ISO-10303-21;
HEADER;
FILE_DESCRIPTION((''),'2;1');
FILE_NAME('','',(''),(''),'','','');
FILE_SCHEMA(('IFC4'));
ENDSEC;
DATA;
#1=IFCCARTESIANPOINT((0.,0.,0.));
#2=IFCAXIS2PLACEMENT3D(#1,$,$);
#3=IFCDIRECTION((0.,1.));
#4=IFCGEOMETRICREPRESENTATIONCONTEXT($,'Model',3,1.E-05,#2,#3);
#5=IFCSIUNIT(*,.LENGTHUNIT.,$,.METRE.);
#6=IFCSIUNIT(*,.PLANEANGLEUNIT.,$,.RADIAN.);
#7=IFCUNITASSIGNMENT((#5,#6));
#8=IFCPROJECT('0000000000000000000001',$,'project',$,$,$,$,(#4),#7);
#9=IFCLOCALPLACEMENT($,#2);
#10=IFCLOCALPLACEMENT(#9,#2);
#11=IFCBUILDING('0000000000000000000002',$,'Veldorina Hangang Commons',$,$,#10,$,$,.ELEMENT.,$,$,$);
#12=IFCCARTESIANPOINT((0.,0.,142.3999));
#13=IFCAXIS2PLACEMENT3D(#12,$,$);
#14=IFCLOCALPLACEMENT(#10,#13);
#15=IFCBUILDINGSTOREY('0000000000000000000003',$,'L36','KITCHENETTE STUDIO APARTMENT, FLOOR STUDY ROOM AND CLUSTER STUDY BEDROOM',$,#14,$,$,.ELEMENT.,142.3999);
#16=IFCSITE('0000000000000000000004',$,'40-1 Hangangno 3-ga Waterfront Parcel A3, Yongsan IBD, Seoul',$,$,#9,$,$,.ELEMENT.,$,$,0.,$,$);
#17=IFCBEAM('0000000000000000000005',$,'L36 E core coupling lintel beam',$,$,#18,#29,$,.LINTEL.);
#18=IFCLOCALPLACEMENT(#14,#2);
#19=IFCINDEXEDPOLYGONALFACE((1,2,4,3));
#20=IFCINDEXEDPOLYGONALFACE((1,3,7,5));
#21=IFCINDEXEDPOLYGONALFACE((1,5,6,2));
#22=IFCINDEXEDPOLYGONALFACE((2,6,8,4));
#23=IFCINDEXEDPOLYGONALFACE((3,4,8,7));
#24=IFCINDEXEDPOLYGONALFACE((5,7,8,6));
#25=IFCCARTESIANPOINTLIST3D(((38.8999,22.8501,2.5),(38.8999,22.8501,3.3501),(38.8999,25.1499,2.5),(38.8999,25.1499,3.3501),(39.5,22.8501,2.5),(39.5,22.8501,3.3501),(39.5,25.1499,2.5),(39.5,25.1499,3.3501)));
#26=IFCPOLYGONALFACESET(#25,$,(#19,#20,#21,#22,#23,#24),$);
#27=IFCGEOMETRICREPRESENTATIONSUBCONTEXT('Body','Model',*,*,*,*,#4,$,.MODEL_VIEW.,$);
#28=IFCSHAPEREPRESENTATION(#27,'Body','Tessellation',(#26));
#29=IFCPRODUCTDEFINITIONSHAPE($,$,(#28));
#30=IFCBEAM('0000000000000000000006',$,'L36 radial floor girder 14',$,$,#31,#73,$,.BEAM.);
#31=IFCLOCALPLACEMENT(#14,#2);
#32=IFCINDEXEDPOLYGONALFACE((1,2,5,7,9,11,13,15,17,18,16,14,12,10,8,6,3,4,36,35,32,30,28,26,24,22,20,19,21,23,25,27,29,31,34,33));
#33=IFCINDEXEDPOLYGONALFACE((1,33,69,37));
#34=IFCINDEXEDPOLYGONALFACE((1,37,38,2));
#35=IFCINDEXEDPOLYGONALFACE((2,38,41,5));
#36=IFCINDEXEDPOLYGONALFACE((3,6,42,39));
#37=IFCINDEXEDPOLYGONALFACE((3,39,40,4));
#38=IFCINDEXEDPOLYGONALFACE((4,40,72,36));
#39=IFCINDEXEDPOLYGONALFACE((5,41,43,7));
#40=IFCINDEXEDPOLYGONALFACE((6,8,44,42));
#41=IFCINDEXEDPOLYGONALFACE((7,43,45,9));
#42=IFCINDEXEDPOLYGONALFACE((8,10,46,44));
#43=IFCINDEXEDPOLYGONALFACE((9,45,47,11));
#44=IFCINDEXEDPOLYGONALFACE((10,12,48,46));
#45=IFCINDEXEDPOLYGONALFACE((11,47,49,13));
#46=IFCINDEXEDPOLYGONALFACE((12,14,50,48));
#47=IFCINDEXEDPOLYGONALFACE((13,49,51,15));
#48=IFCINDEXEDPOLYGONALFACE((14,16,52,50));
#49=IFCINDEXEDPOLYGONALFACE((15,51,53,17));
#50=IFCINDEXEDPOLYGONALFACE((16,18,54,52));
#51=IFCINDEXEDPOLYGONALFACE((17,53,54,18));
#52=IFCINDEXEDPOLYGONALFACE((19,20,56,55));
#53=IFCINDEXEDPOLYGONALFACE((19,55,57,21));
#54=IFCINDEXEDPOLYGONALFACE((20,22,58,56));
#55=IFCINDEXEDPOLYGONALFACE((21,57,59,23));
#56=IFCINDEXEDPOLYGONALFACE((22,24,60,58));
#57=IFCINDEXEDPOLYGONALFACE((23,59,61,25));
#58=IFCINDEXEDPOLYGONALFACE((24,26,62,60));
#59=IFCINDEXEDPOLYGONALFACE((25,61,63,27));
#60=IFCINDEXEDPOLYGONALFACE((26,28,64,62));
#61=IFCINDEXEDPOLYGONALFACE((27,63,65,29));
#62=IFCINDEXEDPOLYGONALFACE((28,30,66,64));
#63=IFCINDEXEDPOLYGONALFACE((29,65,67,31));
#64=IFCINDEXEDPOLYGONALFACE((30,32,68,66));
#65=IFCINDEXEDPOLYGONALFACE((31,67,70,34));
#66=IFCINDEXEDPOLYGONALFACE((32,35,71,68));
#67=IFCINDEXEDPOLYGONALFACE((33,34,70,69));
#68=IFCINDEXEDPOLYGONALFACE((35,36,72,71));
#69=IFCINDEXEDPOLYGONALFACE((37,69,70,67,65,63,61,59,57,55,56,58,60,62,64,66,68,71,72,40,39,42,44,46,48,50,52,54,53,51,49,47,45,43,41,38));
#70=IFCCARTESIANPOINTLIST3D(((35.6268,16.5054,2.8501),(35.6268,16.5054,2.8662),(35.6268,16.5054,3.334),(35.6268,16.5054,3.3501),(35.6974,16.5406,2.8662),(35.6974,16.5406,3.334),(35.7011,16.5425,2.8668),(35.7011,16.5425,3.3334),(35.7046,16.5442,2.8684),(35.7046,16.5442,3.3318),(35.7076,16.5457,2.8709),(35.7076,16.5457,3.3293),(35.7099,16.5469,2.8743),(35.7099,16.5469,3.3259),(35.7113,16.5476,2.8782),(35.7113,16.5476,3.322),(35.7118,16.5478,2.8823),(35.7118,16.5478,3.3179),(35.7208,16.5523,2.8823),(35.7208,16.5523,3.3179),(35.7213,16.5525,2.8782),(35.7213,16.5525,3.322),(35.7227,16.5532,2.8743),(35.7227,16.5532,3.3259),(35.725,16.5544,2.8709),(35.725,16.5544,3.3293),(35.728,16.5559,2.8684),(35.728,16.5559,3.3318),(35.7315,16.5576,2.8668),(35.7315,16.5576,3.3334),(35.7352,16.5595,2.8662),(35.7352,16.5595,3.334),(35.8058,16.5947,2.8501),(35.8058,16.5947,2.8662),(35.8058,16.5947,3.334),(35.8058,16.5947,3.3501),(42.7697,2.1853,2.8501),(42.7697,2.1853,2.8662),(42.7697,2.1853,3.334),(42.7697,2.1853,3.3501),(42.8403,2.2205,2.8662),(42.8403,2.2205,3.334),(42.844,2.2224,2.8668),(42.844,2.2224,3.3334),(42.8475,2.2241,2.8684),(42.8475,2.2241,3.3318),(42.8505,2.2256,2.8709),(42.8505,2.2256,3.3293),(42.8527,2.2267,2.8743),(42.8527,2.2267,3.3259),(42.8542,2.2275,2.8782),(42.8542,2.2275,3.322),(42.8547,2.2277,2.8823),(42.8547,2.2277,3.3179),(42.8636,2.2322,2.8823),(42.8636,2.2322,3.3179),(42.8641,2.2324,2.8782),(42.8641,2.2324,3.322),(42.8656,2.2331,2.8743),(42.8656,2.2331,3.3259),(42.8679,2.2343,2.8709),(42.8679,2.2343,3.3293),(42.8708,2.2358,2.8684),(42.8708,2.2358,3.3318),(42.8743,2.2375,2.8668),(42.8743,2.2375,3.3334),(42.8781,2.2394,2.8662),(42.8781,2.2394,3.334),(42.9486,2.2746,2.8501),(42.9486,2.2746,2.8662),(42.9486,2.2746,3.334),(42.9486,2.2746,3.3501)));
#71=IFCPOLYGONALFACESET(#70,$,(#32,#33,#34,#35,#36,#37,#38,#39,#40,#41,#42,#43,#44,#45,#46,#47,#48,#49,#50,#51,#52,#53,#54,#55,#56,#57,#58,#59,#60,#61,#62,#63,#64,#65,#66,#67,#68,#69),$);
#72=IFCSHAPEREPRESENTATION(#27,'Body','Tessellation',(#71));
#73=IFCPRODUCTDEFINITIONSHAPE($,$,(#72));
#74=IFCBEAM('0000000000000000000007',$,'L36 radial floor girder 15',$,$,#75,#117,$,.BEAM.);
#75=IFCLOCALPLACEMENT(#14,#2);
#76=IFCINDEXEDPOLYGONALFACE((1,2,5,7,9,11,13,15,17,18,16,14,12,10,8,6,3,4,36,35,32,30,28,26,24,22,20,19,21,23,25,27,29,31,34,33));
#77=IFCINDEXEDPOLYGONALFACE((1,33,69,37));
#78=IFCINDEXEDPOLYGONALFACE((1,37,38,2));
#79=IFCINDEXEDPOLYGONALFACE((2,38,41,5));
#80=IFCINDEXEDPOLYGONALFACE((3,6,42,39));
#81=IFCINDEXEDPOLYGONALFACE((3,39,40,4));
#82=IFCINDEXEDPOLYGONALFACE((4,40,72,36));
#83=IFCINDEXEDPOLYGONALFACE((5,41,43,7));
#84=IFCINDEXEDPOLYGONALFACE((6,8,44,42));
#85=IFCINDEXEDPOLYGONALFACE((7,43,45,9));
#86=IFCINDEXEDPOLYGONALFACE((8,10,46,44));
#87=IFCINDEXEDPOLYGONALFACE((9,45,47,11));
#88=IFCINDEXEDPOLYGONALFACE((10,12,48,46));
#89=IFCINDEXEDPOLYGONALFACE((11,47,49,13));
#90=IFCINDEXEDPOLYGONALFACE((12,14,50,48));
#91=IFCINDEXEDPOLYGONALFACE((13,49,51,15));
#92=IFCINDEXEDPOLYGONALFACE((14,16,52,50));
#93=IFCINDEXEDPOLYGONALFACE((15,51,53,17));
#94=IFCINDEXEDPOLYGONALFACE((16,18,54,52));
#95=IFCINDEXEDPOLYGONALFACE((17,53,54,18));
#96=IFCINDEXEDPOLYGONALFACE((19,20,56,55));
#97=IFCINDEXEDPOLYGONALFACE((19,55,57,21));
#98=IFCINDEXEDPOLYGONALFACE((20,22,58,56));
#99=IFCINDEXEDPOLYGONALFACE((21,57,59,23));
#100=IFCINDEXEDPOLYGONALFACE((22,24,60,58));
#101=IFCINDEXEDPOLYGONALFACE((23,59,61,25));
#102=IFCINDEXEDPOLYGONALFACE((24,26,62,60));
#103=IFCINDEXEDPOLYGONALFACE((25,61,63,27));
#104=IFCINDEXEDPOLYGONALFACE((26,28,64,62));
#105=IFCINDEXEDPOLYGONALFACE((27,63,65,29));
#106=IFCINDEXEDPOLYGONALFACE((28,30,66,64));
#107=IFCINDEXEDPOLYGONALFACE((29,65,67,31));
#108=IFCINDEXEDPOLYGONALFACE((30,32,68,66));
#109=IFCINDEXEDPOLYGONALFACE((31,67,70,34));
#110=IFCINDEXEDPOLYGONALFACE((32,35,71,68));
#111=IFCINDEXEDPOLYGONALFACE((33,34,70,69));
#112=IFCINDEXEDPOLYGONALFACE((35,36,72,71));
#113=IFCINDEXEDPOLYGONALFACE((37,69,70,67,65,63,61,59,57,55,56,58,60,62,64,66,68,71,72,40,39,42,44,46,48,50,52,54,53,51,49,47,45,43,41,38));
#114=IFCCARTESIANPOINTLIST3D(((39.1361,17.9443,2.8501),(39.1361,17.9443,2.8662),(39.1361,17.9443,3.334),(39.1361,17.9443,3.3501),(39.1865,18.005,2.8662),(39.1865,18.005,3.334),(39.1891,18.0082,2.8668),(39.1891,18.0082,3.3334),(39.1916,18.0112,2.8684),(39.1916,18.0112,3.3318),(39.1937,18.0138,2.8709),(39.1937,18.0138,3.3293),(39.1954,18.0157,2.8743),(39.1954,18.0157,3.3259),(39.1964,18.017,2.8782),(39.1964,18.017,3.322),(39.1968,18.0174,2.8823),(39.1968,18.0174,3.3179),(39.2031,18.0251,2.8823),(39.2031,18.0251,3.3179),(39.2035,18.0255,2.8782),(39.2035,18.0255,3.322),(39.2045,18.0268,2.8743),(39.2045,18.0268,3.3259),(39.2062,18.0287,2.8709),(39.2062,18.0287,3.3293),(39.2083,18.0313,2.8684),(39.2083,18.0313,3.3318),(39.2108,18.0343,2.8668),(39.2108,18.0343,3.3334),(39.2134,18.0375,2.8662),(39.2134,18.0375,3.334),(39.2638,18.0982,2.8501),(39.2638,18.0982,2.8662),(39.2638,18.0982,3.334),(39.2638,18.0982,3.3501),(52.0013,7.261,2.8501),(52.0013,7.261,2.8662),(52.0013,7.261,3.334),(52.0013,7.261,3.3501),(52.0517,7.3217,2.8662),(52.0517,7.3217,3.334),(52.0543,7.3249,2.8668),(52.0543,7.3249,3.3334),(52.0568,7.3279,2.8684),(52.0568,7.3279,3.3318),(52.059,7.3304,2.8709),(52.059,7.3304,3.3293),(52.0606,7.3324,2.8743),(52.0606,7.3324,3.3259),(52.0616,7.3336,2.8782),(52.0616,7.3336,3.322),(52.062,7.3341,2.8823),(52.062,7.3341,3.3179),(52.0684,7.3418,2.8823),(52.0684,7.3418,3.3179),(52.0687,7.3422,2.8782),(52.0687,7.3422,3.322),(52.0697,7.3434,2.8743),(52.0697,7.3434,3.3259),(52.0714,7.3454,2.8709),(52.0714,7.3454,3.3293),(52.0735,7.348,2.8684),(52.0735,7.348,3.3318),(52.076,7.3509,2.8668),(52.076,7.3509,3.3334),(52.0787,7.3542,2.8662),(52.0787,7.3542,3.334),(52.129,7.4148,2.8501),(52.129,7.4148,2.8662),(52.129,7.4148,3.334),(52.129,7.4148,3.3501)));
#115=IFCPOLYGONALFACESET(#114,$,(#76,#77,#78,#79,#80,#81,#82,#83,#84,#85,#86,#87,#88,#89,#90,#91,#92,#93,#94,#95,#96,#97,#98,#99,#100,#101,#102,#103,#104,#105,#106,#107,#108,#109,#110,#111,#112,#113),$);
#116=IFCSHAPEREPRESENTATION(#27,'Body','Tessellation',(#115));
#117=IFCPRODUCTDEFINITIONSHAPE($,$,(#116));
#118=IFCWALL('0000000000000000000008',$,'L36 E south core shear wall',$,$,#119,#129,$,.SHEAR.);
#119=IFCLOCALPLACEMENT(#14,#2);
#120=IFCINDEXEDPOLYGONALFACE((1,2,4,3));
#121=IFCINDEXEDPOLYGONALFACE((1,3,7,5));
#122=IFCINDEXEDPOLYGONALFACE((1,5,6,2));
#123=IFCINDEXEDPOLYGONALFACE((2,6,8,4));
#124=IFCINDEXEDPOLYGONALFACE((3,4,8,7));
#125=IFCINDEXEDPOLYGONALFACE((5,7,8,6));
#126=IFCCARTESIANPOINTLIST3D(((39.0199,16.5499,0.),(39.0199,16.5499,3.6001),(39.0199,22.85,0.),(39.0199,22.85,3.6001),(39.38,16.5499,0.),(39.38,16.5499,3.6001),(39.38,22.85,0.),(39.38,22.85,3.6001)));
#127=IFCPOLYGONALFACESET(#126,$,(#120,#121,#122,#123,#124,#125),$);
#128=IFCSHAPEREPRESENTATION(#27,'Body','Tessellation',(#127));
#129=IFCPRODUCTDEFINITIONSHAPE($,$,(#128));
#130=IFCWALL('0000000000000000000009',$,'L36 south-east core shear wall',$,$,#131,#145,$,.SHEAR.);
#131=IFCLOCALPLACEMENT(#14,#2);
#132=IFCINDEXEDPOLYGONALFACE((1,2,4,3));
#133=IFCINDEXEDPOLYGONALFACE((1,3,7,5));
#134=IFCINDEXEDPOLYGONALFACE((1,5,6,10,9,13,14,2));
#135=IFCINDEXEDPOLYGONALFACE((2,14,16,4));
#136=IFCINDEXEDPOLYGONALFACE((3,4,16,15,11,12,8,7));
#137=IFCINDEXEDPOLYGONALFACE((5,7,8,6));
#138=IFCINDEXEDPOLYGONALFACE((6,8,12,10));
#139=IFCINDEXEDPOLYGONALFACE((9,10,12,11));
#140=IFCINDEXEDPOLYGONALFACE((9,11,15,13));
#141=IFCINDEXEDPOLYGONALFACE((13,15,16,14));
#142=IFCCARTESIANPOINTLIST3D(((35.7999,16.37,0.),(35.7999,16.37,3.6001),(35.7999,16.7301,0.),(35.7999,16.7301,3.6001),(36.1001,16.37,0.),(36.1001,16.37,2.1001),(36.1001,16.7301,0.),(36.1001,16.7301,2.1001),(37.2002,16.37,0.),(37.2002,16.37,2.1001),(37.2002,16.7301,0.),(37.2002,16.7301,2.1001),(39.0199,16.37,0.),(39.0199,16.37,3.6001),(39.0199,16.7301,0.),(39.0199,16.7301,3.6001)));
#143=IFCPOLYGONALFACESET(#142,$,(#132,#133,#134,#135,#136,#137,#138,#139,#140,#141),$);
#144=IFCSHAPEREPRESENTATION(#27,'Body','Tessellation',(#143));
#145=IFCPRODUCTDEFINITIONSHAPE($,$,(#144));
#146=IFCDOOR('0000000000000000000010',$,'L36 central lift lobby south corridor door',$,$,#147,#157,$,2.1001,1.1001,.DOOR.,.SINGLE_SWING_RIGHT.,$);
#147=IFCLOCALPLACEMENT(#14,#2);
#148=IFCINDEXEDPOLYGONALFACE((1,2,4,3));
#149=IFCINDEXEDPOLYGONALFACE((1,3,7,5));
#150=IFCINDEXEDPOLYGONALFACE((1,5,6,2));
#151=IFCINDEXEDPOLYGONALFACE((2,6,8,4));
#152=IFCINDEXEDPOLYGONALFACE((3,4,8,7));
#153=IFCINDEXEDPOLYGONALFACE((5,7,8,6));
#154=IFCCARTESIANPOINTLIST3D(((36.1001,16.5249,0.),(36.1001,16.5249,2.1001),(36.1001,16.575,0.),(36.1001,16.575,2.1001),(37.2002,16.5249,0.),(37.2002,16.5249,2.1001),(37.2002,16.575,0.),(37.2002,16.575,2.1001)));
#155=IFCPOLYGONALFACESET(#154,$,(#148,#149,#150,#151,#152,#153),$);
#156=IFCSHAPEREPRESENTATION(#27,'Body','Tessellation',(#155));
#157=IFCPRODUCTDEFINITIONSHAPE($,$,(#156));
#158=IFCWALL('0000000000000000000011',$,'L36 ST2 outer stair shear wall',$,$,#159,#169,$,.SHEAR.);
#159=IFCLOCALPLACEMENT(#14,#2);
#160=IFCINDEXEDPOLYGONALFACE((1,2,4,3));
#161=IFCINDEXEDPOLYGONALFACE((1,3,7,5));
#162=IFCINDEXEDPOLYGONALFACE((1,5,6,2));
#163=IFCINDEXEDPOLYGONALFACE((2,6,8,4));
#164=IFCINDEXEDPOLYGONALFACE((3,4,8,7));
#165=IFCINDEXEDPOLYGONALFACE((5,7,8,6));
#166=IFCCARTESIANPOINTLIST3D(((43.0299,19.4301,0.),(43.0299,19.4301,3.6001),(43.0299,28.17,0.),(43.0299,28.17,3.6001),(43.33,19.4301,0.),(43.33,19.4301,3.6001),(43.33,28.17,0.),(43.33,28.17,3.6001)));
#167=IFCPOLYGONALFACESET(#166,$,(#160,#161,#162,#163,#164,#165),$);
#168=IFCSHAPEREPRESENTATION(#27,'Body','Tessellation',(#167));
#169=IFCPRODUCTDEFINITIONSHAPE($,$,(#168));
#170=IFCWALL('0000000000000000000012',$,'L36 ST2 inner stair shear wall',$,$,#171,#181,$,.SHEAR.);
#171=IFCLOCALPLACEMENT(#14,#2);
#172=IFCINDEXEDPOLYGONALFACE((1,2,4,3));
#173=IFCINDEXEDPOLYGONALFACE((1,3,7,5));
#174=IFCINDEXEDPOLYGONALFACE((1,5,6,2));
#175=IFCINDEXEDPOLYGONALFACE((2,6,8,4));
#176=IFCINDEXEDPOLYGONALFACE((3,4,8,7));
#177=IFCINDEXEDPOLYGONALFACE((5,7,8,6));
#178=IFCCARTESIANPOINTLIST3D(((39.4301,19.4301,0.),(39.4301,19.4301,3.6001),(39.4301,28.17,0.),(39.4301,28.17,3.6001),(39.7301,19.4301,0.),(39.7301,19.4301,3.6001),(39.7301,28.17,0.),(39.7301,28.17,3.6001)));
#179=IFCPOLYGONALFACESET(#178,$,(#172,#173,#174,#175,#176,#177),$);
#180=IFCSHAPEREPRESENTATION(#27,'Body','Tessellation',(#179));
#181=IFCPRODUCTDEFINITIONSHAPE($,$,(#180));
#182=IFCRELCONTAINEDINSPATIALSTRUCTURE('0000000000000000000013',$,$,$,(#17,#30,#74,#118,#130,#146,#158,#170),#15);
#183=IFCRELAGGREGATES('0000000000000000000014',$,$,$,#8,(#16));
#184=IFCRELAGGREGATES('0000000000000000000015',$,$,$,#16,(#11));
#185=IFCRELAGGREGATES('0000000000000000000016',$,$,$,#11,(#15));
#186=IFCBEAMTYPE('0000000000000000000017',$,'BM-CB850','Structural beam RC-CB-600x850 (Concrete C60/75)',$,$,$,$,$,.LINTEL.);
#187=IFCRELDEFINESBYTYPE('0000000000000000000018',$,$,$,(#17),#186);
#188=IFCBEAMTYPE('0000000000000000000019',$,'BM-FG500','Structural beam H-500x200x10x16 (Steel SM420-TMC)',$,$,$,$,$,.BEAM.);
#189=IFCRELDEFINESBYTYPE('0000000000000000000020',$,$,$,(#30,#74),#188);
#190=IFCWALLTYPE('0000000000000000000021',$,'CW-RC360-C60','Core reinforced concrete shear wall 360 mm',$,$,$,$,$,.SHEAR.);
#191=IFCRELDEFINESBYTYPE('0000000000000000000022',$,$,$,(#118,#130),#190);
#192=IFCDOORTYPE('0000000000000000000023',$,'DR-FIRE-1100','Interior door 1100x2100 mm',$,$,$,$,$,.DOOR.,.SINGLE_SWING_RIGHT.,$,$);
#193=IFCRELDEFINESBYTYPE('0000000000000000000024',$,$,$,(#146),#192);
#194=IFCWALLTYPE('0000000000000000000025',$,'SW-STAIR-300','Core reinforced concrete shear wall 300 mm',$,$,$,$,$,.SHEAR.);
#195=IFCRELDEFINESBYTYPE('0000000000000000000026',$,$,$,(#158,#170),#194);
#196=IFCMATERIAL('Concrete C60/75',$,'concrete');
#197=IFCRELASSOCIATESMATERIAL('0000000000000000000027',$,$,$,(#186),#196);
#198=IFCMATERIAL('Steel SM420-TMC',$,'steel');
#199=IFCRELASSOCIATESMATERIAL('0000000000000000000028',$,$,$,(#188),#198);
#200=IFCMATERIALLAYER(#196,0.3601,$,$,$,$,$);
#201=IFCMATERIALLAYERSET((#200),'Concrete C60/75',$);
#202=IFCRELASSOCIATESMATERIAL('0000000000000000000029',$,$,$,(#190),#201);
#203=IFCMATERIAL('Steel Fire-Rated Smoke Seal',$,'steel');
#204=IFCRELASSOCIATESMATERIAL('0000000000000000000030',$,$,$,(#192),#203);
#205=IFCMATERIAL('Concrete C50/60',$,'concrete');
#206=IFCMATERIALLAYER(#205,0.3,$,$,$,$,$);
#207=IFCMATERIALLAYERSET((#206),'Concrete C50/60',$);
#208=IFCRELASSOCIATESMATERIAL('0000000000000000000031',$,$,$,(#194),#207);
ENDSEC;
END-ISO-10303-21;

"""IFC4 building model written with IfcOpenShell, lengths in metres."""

from ifc_helpers import new_model, si_unit, direction, frame, frame_2d, origin, origin_2d, place, context, subcontext, project, spatial, rectangle, i_section, extrude, material, layer, layer_set, material_profile, profile_set, type_object, element, fill, save


model = new_model("IFC4")

# Units and contexts
model_context = context("Model", 3, precision=1e-05, world=origin(), true_north=direction((0.0, 1.0)))
body_context = subcontext(model_context, "Body", "Model", "MODEL_VIEW")
ifc_project = project(units=[si_unit("LENGTHUNIT", "METRE"), si_unit("PLANEANGLEUNIT", "RADIAN")], contexts=[model_context])

# Site, building, storey
site_placement = place(None, origin())
site = spatial("IfcSite", under=ifc_project, at=site_placement, Name="40-1 Hangangno 3-ga Waterfront Parcel A3, Yongsan IBD, Seoul", CompositionType="ELEMENT", RefElevation=0.0)
building_placement = place(site_placement, origin())
building = spatial("IfcBuilding", under=site, at=building_placement, Name="Veldorina Hangang Commons", CompositionType="ELEMENT")
storey_placement = place(building_placement, frame((0.0, 0.0, 142.3999)))
storey = spatial("IfcBuildingStorey", under=building, at=storey_placement, Name="L36", Description="KITCHENETTE STUDIO APARTMENT, FLOOR STUDY ROOM AND CLUSTER STUDY BEDROOM", CompositionType="ELEMENT", Elevation=142.3999)

# Beams
ifc_material_1 = material(Name="Concrete C60/75", Category="concrete")
ifc_material_profile_1 = material_profile(ifc_material_1, rectangle(XDim=0.6001, YDim=0.8501, at=origin_2d()), Name="RC-CB-600x850")
ifc_profile_set_1 = profile_set([ifc_material_profile_1], Name="Concrete C60/75")
beam_type_1 = type_object("IfcBeamType", Name="BM-CB850", Description="Structural beam RC-CB-600x850 (Concrete C60/75)", PredefinedType="LINTEL", material=ifc_profile_set_1)
beam_1_placement = place(storey_placement, frame((39.2, 22.8501, 2.925), z_axis=(0.0, 1.0, 0.0), x_axis=(-1.0, 0.0, 0.0)))
element("IfcBeam", 1, at=beam_1_placement, inside=storey, type_object=beam_type_1, Name="L36 E core coupling lintel beam", PredefinedType="LINTEL", context=body_context, shape_type="SweptSolid", body=[
    extrude(rectangle(XDim=0.6001, YDim=0.8501, at=origin_2d()), origin(), (0.0, 0.0, 1.0), 2.2998),
])
ifc_material_2 = material(Name="Steel SM420-TMC", Category="steel")
ifc_material_profile_2 = material_profile(ifc_material_2, i_section(OverallWidth=0.2, OverallDepth=0.5, WebThickness=0.01, FlangeThickness=0.0161, FilletRadius=0.0161, at=origin_2d()), Name="H-500x200x10x16")
ifc_profile_set_2 = profile_set([ifc_material_profile_2], Name="Steel SM420-TMC")
beam_type_2 = type_object("IfcBeamType", Name="BM-FG500", Description="Structural beam H-500x200x10x16 (Steel SM420-TMC)", PredefinedType="BEAM", material=ifc_profile_set_2)
beam_2_placement = place(storey_placement, frame((35.7163, 16.55, 3.1001), z_axis=(0.446353, -0.894857, 0.0), x_axis=(0.894857, 0.446353, 0.0)))
element("IfcBeam", 2, at=beam_2_placement, inside=storey, type_object=beam_type_2, Name="L36 radial floor girder 14", PredefinedType="BEAM", context=body_context, shape_type="SweptSolid", body=[
    extrude(i_section(OverallWidth=0.2, OverallDepth=0.5, WebThickness=0.01, FlangeThickness=0.0161, FilletRadius=0.0161, at=origin_2d()), origin(), (0.0, 0.0, 1.0), 16.0027),
])
beam_3_placement = place(storey_placement, frame((39.2, 18.0212, 3.1001), z_axis=(0.769328, -0.638854, 0.0), x_axis=(0.638854, 0.769328, 0.0)))
element("IfcBeam", 3, at=beam_3_placement, inside=storey, type_object=beam_type_2, Name="L36 radial floor girder 15", PredefinedType="BEAM", context=body_context, shape_type="SweptSolid", body=[
    extrude(i_section(OverallWidth=0.2, OverallDepth=0.5, WebThickness=0.01, FlangeThickness=0.0161, FilletRadius=0.0161, at=origin_2d()), origin(), (0.0, 0.0, 1.0), 16.7227),
])

# Wall
ifc_layer_1 = layer(ifc_material_1, 0.3601)
ifc_layer_set_1 = layer_set([ifc_layer_1], Name="Concrete C60/75")
wall_type_1 = type_object("IfcWallType", Name="CW-RC360-C60", Description="Core reinforced concrete shear wall 360 mm", PredefinedType="SHEAR", material=ifc_layer_set_1)
wall_1_placement = place(storey_placement, frame((39.2, 16.55, 0.0), z_axis=(0.0, 0.0, 1.0), x_axis=(0.0, 1.0, 0.0)))
element("IfcWall", 4, at=wall_1_placement, inside=storey, type_object=wall_type_1, Name="L36 E south core shear wall", PredefinedType="SHEAR", context=body_context, shape_type="SweptSolid", body=[
    extrude(rectangle(XDim=6.3, YDim=0.3601, at=frame_2d((3.1499, 0.0))), origin(), (0.0, 0.0, 1.0), 3.6001),
])

# Wall, opening, door
wall_2_placement = place(storey_placement, frame((35.8, 16.55, 0.0), z_axis=(0.0, 0.0, 1.0), x_axis=(1.0, 0.0, 0.0)))
wall_2 = element("IfcWall", 5, at=wall_2_placement, inside=storey, type_object=wall_type_1, Name="L36 south-east core shear wall", PredefinedType="SHEAR", context=body_context, shape_type="SweptSolid", body=[
    extrude(rectangle(XDim=3.22, YDim=0.3601, at=frame_2d((1.6099, 0.0))), origin(), (0.0, 0.0, 1.0), 3.6001),
])
opening_1_placement = place(wall_2_placement, frame((0.3, 0.0, 0.0)))
opening_1 = element("IfcOpeningElement", 6, at=opening_1_placement, cuts=wall_2, PredefinedType="OPENING", context=body_context, shape_type="SweptSolid", body=[
    extrude(rectangle(XDim=1.1001, YDim=2.1001, at=frame_2d((0.55, 1.05))), frame((0.0, 0.1899, 0.0), z_axis=(0.0, -1.0, 0.0), x_axis=(1.0, 0.0, 0.0)), (0.0, 0.0, 1.0), 0.3801),
])
ifc_material_3 = material(Name="Steel Fire-Rated Smoke Seal", Category="steel")
door_type_1 = type_object("IfcDoorType", Name="DR-FIRE-1100", Description="Interior door 1100x2100 mm", OperationType="SINGLE_SWING_RIGHT", PredefinedType="DOOR", material=ifc_material_3)
door_1_placement = place(opening_1_placement, origin())
door_1 = element("IfcDoor", 7, at=door_1_placement, inside=storey, type_object=door_type_1, Name="L36 central lift lobby south corridor door", OperationType="SINGLE_SWING_RIGHT", OverallHeight=2.1001, OverallWidth=1.1001, PredefinedType="DOOR", context=body_context, shape_type="SweptSolid", body=[
    extrude(rectangle(XDim=1.1001, YDim=2.1001, at=frame_2d((0.55, 1.05))), frame((0.0, 0.0249, 0.0), z_axis=(0.0, -1.0, 0.0), x_axis=(1.0, 0.0, 0.0)), (0.0, 0.0, 1.0), 0.05),
])
fill(opening_1, door_1)

# Walls
ifc_material_4 = material(Name="Concrete C50/60", Category="concrete")
ifc_layer_2 = layer(ifc_material_4, 0.3)
ifc_layer_set_2 = layer_set([ifc_layer_2], Name="Concrete C50/60")
wall_type_2 = type_object("IfcWallType", Name="SW-STAIR-300", Description="Core reinforced concrete shear wall 300 mm", PredefinedType="SHEAR", material=ifc_layer_set_2)
for number, where, z_axis, x_axis, name in (
    (8, (43.1799, 19.4299, 0.0), (0.0, 0.0, 1.0), (0.0, 1.0, 0.0), "L36 ST2 outer stair shear wall"),
    (9, (39.5801, 19.4299, 0.0), (0.0, 0.0, 1.0), (0.0, 1.0, 0.0), "L36 ST2 inner stair shear wall"),
):
    element("IfcWall", number, at=place(storey_placement, frame(where, z_axis=z_axis, x_axis=x_axis)), inside=storey, type_object=wall_type_2, Name=name, PredefinedType="SHEAR", context=body_context, shape_type="SweptSolid", body=[
        extrude(rectangle(XDim=8.74, YDim=0.3, at=frame_2d((4.3701, 0.0))), origin(), (0.0, 0.0, 1.0), 3.6001),
    ])

save(model, "model.ifc")
